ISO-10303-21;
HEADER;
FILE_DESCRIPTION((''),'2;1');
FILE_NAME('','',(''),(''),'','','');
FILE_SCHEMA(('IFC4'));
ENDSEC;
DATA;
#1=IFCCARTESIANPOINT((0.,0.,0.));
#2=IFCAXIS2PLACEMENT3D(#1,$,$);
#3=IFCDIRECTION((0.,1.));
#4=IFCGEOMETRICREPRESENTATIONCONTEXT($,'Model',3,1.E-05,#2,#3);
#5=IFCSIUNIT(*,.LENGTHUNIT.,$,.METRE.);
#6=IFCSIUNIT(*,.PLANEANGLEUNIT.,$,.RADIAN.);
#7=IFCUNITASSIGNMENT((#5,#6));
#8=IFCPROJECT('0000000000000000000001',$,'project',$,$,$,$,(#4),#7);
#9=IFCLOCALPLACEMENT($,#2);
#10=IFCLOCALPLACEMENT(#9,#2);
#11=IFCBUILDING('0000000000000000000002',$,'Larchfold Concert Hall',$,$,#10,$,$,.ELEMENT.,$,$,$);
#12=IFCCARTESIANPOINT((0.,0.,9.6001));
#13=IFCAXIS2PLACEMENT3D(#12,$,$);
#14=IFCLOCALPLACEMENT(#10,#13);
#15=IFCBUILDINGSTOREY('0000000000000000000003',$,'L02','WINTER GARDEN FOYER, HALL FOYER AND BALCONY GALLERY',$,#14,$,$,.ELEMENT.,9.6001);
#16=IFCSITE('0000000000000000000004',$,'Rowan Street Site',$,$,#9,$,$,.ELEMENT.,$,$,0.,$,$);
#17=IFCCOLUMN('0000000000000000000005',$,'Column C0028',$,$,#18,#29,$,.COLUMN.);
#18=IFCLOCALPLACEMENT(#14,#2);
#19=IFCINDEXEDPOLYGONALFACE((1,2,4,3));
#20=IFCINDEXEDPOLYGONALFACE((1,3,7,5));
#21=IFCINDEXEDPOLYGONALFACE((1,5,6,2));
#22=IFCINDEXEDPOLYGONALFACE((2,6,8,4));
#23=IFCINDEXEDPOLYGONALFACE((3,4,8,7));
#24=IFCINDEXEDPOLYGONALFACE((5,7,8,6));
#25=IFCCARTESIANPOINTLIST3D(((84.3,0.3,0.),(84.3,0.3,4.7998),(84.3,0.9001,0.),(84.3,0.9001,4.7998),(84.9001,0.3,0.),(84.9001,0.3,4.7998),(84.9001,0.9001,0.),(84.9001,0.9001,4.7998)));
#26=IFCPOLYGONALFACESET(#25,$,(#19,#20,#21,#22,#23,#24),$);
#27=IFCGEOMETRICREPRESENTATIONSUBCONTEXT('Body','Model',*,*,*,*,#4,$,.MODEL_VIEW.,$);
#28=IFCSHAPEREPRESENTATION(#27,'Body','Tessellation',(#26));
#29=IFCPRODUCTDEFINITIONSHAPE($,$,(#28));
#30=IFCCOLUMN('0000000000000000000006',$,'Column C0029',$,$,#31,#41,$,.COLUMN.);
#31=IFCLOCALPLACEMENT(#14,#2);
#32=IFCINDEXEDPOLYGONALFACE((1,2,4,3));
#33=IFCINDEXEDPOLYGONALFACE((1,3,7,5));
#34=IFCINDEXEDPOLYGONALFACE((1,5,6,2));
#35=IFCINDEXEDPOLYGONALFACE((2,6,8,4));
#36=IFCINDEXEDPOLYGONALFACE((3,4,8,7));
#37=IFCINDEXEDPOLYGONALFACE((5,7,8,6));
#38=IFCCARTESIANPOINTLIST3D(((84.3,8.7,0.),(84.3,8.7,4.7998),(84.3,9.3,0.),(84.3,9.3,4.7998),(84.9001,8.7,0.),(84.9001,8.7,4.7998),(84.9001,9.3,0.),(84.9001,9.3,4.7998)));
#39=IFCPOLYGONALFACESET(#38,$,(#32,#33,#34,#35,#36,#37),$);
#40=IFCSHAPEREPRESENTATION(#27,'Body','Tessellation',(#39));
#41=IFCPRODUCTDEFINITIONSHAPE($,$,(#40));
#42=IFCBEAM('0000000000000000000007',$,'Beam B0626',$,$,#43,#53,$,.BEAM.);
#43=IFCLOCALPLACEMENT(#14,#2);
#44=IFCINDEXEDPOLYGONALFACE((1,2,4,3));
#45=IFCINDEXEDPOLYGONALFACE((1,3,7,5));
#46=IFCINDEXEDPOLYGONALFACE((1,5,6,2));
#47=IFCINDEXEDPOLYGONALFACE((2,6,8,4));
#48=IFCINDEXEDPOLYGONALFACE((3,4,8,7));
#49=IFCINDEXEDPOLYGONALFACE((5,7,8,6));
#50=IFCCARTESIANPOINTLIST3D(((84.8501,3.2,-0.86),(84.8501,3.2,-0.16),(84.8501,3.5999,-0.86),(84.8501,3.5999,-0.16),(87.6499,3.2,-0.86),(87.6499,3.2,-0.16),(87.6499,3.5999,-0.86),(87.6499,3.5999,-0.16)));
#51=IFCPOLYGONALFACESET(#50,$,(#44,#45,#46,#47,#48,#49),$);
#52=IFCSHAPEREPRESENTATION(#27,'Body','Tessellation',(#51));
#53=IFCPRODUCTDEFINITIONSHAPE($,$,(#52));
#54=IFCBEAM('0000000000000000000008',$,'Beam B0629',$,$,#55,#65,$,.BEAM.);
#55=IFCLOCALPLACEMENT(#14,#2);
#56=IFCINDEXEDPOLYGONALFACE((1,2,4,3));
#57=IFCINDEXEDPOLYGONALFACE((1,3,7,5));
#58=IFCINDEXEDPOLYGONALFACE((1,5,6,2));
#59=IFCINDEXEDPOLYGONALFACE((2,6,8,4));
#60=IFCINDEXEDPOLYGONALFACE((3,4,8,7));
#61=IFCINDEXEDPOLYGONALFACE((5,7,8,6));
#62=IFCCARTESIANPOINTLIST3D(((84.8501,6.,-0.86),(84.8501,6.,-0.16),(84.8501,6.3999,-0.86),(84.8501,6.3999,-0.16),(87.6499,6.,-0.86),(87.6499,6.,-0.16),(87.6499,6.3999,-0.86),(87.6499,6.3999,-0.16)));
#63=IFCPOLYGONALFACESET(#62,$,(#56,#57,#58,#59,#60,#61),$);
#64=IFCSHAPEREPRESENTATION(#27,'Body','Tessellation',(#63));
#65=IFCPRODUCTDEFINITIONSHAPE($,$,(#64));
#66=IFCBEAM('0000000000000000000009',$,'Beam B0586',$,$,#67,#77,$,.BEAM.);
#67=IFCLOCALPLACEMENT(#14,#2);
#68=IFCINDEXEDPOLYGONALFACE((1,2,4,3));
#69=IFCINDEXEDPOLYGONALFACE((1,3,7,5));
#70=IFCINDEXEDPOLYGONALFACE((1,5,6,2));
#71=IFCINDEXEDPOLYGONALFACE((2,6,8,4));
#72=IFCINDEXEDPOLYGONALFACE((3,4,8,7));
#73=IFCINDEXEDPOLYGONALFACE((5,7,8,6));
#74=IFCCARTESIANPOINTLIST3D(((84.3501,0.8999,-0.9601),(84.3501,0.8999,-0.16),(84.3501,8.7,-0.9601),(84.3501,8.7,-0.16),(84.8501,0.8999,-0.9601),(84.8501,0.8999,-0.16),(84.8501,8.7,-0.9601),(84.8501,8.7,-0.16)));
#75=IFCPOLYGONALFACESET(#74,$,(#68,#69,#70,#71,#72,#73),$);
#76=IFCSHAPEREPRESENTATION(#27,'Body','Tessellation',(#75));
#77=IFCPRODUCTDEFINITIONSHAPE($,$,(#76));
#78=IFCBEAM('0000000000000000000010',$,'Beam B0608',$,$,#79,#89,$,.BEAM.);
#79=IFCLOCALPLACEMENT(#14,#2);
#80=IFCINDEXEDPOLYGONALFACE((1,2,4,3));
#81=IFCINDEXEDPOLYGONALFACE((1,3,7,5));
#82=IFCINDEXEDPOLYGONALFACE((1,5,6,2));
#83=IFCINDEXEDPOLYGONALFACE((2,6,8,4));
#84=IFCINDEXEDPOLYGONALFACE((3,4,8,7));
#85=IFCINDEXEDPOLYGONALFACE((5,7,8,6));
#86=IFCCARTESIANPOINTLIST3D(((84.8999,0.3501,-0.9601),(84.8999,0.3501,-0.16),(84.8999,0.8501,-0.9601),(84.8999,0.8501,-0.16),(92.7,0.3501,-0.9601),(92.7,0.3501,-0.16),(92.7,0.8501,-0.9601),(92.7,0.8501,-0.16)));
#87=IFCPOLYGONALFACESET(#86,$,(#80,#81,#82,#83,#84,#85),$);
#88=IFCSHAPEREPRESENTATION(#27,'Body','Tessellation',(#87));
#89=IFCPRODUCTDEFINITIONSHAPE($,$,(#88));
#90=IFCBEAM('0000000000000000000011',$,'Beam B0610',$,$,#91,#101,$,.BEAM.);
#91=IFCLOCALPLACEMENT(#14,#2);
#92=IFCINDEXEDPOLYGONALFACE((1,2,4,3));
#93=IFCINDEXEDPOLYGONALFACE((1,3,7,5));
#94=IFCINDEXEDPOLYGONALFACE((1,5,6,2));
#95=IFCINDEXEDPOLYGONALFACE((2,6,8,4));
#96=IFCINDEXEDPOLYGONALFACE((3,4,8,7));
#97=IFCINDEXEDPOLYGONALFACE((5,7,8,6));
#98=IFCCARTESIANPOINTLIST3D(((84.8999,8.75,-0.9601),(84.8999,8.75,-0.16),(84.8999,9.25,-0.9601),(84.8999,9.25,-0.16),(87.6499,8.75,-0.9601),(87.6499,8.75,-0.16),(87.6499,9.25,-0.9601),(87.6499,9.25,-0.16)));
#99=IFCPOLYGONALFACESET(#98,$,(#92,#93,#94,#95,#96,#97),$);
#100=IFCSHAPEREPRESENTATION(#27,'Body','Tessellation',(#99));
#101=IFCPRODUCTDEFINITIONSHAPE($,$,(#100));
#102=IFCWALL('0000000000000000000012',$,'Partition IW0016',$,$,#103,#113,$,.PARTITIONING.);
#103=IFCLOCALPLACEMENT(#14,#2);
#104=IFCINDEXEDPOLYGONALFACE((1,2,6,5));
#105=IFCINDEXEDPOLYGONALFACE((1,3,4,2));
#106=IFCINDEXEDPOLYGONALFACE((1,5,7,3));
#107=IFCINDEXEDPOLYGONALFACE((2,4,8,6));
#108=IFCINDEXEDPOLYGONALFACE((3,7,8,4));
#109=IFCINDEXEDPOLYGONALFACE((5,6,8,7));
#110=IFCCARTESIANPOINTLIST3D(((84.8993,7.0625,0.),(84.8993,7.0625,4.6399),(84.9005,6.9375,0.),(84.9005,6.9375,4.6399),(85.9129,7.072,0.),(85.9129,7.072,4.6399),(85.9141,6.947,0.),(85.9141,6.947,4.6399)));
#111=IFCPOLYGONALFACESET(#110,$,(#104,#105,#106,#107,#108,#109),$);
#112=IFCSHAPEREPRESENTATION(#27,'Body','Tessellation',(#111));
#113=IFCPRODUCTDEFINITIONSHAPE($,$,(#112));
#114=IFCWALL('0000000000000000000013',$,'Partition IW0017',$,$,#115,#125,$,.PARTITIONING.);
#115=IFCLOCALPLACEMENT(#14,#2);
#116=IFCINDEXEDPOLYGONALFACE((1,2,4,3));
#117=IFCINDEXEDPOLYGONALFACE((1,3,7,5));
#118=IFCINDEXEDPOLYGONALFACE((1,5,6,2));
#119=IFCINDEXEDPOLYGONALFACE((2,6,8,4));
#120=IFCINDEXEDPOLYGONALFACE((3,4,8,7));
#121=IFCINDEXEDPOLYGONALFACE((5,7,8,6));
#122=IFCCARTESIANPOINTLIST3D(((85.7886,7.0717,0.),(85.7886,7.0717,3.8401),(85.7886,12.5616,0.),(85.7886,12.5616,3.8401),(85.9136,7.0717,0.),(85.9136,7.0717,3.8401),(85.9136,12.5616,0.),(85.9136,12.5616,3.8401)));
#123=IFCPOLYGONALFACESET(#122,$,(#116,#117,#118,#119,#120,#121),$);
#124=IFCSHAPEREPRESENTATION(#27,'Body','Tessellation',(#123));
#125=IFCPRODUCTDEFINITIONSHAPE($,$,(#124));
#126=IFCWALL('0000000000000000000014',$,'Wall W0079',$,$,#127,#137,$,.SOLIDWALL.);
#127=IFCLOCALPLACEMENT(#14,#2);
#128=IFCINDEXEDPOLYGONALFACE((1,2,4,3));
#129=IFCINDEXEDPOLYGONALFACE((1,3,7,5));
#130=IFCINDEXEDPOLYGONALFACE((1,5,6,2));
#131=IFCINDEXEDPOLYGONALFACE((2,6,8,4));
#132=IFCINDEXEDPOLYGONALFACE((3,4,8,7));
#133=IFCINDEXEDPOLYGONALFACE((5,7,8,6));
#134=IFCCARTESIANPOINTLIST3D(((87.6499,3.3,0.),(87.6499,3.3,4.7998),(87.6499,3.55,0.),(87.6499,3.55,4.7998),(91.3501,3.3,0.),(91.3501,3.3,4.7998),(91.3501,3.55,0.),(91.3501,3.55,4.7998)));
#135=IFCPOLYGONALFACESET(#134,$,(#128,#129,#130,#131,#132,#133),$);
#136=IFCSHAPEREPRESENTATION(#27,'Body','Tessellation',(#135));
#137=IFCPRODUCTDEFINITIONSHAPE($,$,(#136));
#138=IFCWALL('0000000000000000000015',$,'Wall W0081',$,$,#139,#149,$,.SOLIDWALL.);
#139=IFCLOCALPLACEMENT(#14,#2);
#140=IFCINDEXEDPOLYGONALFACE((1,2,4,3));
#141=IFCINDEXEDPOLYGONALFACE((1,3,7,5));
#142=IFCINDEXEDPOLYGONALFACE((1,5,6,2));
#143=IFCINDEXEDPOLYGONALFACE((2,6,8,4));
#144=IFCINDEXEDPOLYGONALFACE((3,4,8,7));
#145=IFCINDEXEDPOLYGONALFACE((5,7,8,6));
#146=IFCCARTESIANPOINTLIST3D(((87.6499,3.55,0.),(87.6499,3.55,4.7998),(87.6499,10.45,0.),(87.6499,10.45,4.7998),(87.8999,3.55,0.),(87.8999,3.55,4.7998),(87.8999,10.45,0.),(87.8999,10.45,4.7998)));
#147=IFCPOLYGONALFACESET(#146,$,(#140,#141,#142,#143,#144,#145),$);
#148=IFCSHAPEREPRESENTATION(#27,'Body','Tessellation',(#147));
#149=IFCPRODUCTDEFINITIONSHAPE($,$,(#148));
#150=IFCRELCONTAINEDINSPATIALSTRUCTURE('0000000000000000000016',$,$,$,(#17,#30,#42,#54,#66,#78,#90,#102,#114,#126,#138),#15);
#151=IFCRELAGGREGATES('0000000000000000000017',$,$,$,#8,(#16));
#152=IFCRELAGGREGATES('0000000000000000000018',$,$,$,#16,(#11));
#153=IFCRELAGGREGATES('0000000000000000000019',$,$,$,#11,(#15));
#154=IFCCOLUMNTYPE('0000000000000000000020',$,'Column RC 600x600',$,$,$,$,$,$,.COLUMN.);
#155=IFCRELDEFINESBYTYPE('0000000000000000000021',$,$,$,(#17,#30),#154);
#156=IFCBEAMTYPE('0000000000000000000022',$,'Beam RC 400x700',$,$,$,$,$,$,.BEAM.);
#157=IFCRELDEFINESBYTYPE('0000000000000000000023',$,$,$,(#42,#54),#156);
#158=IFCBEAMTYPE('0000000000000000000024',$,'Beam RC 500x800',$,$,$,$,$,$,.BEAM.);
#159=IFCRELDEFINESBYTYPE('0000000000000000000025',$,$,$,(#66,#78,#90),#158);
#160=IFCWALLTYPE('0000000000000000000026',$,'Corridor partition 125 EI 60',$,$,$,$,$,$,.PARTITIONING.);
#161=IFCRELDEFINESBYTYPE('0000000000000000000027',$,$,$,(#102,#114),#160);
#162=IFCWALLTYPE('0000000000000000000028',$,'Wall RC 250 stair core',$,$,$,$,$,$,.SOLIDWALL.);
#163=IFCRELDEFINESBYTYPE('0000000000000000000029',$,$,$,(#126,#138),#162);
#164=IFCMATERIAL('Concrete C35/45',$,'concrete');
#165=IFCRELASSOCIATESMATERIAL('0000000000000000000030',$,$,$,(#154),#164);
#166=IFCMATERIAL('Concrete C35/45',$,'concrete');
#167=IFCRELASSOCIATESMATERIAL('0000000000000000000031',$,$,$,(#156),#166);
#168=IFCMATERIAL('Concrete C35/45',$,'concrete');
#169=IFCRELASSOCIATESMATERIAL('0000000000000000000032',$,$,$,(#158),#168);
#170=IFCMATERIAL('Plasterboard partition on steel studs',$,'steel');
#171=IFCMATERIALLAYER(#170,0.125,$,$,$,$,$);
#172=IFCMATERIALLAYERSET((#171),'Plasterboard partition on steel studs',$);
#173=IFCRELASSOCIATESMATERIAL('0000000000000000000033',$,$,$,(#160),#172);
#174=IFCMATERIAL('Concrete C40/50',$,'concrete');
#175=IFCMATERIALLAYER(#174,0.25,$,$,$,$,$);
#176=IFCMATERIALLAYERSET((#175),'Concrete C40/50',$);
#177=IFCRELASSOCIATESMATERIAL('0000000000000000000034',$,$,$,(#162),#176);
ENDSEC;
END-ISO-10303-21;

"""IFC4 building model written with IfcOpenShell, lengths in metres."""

from ifc_helpers import new_model, si_unit, direction, frame, frame_2d, origin, origin_2d, place, context, subcontext, project, spatial, rectangle, extrude, material, layer, layer_set, material_profile, profile_set, type_object, element, save


model = new_model("IFC4")

# Units and contexts
model_context = context("Model", 3, precision=1e-05, world=origin(), true_north=direction((0.0, 1.0)))
body_context = subcontext(model_context, "Body", "Model", "MODEL_VIEW")
ifc_project = project(units=[si_unit("LENGTHUNIT", "METRE"), si_unit("PLANEANGLEUNIT", "RADIAN")], contexts=[model_context])

# Site, building, storey
site_placement = place(None, origin())
site = spatial("IfcSite", under=ifc_project, at=site_placement, Name="Rowan Street Site", CompositionType="ELEMENT", RefElevation=0.0)
building_placement = place(site_placement, origin())
building = spatial("IfcBuilding", under=site, at=building_placement, Name="Larchfold Concert Hall", CompositionType="ELEMENT")
storey_placement = place(building_placement, frame((0.0, 0.0, 9.6001)))
storey = spatial("IfcBuildingStorey", under=building, at=storey_placement, Name="L02", Description="WINTER GARDEN FOYER, HALL FOYER AND BALCONY GALLERY", CompositionType="ELEMENT", Elevation=9.6001)

# Columns
ifc_material_1 = material(Name="Concrete C35/45", Category="concrete")
ifc_material_profile_1 = material_profile(ifc_material_1, rectangle(XDim=0.6001, YDim=0.6001, at=origin_2d()))
ifc_profile_set_1 = profile_set([ifc_material_profile_1], Name="Concrete C35/45")
column_type = type_object("IfcColumnType", Name="Column RC 600x600", PredefinedType="COLUMN", material=ifc_profile_set_1)
for number, where, z_axis, x_axis, name in (
    (1, (84.6001, 0.6001, 0.0), (0.0, 0.0, 1.0), (1.0, 0.0, 0.0), "Column C0028"),
    (2, (84.6001, 9.0, 0.0), (0.0, 0.0, 1.0), (1.0, 0.0, 0.0), "Column C0029"),
):
    element("IfcColumn", number, at=place(storey_placement, frame(where, z_axis=z_axis, x_axis=x_axis)), inside=storey, type_object=column_type, Name=name, PredefinedType="COLUMN", context=body_context, shape_type="SweptSolid", body=[
        extrude(rectangle(XDim=0.6001, YDim=0.6001, at=origin_2d()), origin(), (0.0, 0.0, 1.0), 4.7998),
    ])

# Beams
ifc_material_2 = material(Name="Concrete C35/45", Category="concrete")
ifc_material_profile_2 = material_profile(ifc_material_2, rectangle(XDim=0.3999, YDim=0.7, at=origin_2d()))
ifc_profile_set_2 = profile_set([ifc_material_profile_2], Name="Concrete C35/45")
beam_type_1 = type_object("IfcBeamType", Name="Beam RC 400x700", PredefinedType="BEAM", material=ifc_profile_set_2)
for number, where, z_axis, x_axis, name in (
    (3, (84.8501, 3.3999, -0.51), (1.0, 0.0, 0.0), (0.0, 1.0, 0.0), "Beam B0626"),
    (4, (84.8501, 6.2, -0.51), (1.0, 0.0, 0.0), (0.0, 1.0, 0.0), "Beam B0629"),
):
    element("IfcBeam", number, at=place(storey_placement, frame(where, z_axis=z_axis, x_axis=x_axis)), inside=storey, type_object=beam_type_1, Name=name, PredefinedType="BEAM", context=body_context, shape_type="SweptSolid", body=[
        extrude(rectangle(XDim=0.3999, YDim=0.7, at=origin_2d()), origin(), (0.0, 0.0, 1.0), 2.7998),
    ])
ifc_material_3 = material(Name="Concrete C35/45", Category="concrete")
ifc_material_profile_3 = material_profile(ifc_material_3, rectangle(XDim=0.5, YDim=0.8, at=origin_2d()))
ifc_profile_set_3 = profile_set([ifc_material_profile_3], Name="Concrete C35/45")
beam_type_2 = type_object("IfcBeamType", Name="Beam RC 500x800", PredefinedType="BEAM", material=ifc_profile_set_3)
for number, where, z_axis, x_axis, name in (
    (5, (84.6001, 0.8999, -0.5601), (0.0, 1.0, 0.0), (-1.0, 0.0, 0.0), "Beam B0586"),
    (6, (84.8999, 0.6001, -0.5601), (1.0, 0.0, 0.0), (0.0, 1.0, 0.0), "Beam B0608"),
):
    element("IfcBeam", number, at=place(storey_placement, frame(where, z_axis=z_axis, x_axis=x_axis)), inside=storey, type_object=beam_type_2, Name=name, PredefinedType="BEAM", context=body_context, shape_type="SweptSolid", body=[
        extrude(rectangle(XDim=0.5, YDim=0.8, at=origin_2d()), origin(), (0.0, 0.0, 1.0), 7.8),
    ])
beam_placement = place(storey_placement, frame((84.8999, 9.0, -0.5601), z_axis=(1.0, 0.0, 0.0), x_axis=(0.0, 1.0, 0.0)))
element("IfcBeam", 7, at=beam_placement, inside=storey, type_object=beam_type_2, Name="Beam B0610", PredefinedType="BEAM", context=body_context, shape_type="SweptSolid", body=[
    extrude(rectangle(XDim=0.5, YDim=0.8, at=origin_2d()), origin(), (0.0, 0.0, 1.0), 2.75),
])

# Walls
ifc_material_4 = material(Name="Plasterboard partition on steel studs", Category="steel")
ifc_layer_1 = layer(ifc_material_4, 0.125)
ifc_layer_set_1 = layer_set([ifc_layer_1], Name="Plasterboard partition on steel studs")
wall_type_1 = type_object("IfcWallType", Name="Corridor partition 125 EI 60", PredefinedType="PARTITIONING", material=ifc_layer_set_1)
wall_1_placement = place(storey_placement, frame((84.8999, 7.0, 0.0), z_axis=(0.0, 0.0, 1.0), x_axis=(0.999956, 0.009393, 0.0)))
element("IfcWall", 8, at=wall_1_placement, inside=storey, type_object=wall_type_1, Name="Partition IW0016", PredefinedType="PARTITIONING", context=body_context, shape_type="SweptSolid", body=[
    extrude(rectangle(XDim=1.0137, YDim=0.125, at=frame_2d((0.5068, 0.0))), origin(), (0.0, 0.0, 1.0), 4.6399),
])
wall_2_placement = place(storey_placement, frame((85.8511, 7.0715, 0.0), z_axis=(0.0, 0.0, 1.0), x_axis=(0.0, 1.0, 0.0)))
element("IfcWall", 9, at=wall_2_placement, inside=storey, type_object=wall_type_1, Name="Partition IW0017", PredefinedType="PARTITIONING", context=body_context, shape_type="SweptSolid", body=[
    extrude(rectangle(XDim=5.49, YDim=0.125, at=frame_2d((2.7451, 0.0))), origin(), (0.0, 0.0, 1.0), 3.8401),
])
ifc_material_5 = material(Name="Concrete C40/50", Category="concrete")
ifc_layer_2 = layer(ifc_material_5, 0.25)
ifc_layer_set_2 = layer_set([ifc_layer_2], Name="Concrete C40/50")
wall_type_2 = type_object("IfcWallType", Name="Wall RC 250 stair core", PredefinedType="SOLIDWALL", material=ifc_layer_set_2)
wall_3_placement = place(storey_placement, frame((87.6499, 3.425, 0.0), z_axis=(0.0, 0.0, 1.0), x_axis=(1.0, 0.0, 0.0)))
element("IfcWall", 10, at=wall_3_placement, inside=storey, type_object=wall_type_2, Name="Wall W0079", PredefinedType="SOLIDWALL", context=body_context, shape_type="SweptSolid", body=[
    extrude(rectangle(XDim=3.7002, YDim=0.25, at=frame_2d((1.8501, 0.0))), origin(), (0.0, 0.0, 1.0), 4.7998),
])
wall_4_placement = place(storey_placement, frame((87.7749, 3.55, 0.0), z_axis=(0.0, 0.0, 1.0), x_axis=(0.0, 1.0, 0.0)))
element("IfcWall", 11, at=wall_4_placement, inside=storey, type_object=wall_type_2, Name="Wall W0081", PredefinedType="SOLIDWALL", context=body_context, shape_type="SweptSolid", body=[
    extrude(rectangle(XDim=6.8999, YDim=0.25, at=frame_2d((3.45, 0.0))), origin(), (0.0, 0.0, 1.0), 4.7998),
])

save(model, "model.ifc")
